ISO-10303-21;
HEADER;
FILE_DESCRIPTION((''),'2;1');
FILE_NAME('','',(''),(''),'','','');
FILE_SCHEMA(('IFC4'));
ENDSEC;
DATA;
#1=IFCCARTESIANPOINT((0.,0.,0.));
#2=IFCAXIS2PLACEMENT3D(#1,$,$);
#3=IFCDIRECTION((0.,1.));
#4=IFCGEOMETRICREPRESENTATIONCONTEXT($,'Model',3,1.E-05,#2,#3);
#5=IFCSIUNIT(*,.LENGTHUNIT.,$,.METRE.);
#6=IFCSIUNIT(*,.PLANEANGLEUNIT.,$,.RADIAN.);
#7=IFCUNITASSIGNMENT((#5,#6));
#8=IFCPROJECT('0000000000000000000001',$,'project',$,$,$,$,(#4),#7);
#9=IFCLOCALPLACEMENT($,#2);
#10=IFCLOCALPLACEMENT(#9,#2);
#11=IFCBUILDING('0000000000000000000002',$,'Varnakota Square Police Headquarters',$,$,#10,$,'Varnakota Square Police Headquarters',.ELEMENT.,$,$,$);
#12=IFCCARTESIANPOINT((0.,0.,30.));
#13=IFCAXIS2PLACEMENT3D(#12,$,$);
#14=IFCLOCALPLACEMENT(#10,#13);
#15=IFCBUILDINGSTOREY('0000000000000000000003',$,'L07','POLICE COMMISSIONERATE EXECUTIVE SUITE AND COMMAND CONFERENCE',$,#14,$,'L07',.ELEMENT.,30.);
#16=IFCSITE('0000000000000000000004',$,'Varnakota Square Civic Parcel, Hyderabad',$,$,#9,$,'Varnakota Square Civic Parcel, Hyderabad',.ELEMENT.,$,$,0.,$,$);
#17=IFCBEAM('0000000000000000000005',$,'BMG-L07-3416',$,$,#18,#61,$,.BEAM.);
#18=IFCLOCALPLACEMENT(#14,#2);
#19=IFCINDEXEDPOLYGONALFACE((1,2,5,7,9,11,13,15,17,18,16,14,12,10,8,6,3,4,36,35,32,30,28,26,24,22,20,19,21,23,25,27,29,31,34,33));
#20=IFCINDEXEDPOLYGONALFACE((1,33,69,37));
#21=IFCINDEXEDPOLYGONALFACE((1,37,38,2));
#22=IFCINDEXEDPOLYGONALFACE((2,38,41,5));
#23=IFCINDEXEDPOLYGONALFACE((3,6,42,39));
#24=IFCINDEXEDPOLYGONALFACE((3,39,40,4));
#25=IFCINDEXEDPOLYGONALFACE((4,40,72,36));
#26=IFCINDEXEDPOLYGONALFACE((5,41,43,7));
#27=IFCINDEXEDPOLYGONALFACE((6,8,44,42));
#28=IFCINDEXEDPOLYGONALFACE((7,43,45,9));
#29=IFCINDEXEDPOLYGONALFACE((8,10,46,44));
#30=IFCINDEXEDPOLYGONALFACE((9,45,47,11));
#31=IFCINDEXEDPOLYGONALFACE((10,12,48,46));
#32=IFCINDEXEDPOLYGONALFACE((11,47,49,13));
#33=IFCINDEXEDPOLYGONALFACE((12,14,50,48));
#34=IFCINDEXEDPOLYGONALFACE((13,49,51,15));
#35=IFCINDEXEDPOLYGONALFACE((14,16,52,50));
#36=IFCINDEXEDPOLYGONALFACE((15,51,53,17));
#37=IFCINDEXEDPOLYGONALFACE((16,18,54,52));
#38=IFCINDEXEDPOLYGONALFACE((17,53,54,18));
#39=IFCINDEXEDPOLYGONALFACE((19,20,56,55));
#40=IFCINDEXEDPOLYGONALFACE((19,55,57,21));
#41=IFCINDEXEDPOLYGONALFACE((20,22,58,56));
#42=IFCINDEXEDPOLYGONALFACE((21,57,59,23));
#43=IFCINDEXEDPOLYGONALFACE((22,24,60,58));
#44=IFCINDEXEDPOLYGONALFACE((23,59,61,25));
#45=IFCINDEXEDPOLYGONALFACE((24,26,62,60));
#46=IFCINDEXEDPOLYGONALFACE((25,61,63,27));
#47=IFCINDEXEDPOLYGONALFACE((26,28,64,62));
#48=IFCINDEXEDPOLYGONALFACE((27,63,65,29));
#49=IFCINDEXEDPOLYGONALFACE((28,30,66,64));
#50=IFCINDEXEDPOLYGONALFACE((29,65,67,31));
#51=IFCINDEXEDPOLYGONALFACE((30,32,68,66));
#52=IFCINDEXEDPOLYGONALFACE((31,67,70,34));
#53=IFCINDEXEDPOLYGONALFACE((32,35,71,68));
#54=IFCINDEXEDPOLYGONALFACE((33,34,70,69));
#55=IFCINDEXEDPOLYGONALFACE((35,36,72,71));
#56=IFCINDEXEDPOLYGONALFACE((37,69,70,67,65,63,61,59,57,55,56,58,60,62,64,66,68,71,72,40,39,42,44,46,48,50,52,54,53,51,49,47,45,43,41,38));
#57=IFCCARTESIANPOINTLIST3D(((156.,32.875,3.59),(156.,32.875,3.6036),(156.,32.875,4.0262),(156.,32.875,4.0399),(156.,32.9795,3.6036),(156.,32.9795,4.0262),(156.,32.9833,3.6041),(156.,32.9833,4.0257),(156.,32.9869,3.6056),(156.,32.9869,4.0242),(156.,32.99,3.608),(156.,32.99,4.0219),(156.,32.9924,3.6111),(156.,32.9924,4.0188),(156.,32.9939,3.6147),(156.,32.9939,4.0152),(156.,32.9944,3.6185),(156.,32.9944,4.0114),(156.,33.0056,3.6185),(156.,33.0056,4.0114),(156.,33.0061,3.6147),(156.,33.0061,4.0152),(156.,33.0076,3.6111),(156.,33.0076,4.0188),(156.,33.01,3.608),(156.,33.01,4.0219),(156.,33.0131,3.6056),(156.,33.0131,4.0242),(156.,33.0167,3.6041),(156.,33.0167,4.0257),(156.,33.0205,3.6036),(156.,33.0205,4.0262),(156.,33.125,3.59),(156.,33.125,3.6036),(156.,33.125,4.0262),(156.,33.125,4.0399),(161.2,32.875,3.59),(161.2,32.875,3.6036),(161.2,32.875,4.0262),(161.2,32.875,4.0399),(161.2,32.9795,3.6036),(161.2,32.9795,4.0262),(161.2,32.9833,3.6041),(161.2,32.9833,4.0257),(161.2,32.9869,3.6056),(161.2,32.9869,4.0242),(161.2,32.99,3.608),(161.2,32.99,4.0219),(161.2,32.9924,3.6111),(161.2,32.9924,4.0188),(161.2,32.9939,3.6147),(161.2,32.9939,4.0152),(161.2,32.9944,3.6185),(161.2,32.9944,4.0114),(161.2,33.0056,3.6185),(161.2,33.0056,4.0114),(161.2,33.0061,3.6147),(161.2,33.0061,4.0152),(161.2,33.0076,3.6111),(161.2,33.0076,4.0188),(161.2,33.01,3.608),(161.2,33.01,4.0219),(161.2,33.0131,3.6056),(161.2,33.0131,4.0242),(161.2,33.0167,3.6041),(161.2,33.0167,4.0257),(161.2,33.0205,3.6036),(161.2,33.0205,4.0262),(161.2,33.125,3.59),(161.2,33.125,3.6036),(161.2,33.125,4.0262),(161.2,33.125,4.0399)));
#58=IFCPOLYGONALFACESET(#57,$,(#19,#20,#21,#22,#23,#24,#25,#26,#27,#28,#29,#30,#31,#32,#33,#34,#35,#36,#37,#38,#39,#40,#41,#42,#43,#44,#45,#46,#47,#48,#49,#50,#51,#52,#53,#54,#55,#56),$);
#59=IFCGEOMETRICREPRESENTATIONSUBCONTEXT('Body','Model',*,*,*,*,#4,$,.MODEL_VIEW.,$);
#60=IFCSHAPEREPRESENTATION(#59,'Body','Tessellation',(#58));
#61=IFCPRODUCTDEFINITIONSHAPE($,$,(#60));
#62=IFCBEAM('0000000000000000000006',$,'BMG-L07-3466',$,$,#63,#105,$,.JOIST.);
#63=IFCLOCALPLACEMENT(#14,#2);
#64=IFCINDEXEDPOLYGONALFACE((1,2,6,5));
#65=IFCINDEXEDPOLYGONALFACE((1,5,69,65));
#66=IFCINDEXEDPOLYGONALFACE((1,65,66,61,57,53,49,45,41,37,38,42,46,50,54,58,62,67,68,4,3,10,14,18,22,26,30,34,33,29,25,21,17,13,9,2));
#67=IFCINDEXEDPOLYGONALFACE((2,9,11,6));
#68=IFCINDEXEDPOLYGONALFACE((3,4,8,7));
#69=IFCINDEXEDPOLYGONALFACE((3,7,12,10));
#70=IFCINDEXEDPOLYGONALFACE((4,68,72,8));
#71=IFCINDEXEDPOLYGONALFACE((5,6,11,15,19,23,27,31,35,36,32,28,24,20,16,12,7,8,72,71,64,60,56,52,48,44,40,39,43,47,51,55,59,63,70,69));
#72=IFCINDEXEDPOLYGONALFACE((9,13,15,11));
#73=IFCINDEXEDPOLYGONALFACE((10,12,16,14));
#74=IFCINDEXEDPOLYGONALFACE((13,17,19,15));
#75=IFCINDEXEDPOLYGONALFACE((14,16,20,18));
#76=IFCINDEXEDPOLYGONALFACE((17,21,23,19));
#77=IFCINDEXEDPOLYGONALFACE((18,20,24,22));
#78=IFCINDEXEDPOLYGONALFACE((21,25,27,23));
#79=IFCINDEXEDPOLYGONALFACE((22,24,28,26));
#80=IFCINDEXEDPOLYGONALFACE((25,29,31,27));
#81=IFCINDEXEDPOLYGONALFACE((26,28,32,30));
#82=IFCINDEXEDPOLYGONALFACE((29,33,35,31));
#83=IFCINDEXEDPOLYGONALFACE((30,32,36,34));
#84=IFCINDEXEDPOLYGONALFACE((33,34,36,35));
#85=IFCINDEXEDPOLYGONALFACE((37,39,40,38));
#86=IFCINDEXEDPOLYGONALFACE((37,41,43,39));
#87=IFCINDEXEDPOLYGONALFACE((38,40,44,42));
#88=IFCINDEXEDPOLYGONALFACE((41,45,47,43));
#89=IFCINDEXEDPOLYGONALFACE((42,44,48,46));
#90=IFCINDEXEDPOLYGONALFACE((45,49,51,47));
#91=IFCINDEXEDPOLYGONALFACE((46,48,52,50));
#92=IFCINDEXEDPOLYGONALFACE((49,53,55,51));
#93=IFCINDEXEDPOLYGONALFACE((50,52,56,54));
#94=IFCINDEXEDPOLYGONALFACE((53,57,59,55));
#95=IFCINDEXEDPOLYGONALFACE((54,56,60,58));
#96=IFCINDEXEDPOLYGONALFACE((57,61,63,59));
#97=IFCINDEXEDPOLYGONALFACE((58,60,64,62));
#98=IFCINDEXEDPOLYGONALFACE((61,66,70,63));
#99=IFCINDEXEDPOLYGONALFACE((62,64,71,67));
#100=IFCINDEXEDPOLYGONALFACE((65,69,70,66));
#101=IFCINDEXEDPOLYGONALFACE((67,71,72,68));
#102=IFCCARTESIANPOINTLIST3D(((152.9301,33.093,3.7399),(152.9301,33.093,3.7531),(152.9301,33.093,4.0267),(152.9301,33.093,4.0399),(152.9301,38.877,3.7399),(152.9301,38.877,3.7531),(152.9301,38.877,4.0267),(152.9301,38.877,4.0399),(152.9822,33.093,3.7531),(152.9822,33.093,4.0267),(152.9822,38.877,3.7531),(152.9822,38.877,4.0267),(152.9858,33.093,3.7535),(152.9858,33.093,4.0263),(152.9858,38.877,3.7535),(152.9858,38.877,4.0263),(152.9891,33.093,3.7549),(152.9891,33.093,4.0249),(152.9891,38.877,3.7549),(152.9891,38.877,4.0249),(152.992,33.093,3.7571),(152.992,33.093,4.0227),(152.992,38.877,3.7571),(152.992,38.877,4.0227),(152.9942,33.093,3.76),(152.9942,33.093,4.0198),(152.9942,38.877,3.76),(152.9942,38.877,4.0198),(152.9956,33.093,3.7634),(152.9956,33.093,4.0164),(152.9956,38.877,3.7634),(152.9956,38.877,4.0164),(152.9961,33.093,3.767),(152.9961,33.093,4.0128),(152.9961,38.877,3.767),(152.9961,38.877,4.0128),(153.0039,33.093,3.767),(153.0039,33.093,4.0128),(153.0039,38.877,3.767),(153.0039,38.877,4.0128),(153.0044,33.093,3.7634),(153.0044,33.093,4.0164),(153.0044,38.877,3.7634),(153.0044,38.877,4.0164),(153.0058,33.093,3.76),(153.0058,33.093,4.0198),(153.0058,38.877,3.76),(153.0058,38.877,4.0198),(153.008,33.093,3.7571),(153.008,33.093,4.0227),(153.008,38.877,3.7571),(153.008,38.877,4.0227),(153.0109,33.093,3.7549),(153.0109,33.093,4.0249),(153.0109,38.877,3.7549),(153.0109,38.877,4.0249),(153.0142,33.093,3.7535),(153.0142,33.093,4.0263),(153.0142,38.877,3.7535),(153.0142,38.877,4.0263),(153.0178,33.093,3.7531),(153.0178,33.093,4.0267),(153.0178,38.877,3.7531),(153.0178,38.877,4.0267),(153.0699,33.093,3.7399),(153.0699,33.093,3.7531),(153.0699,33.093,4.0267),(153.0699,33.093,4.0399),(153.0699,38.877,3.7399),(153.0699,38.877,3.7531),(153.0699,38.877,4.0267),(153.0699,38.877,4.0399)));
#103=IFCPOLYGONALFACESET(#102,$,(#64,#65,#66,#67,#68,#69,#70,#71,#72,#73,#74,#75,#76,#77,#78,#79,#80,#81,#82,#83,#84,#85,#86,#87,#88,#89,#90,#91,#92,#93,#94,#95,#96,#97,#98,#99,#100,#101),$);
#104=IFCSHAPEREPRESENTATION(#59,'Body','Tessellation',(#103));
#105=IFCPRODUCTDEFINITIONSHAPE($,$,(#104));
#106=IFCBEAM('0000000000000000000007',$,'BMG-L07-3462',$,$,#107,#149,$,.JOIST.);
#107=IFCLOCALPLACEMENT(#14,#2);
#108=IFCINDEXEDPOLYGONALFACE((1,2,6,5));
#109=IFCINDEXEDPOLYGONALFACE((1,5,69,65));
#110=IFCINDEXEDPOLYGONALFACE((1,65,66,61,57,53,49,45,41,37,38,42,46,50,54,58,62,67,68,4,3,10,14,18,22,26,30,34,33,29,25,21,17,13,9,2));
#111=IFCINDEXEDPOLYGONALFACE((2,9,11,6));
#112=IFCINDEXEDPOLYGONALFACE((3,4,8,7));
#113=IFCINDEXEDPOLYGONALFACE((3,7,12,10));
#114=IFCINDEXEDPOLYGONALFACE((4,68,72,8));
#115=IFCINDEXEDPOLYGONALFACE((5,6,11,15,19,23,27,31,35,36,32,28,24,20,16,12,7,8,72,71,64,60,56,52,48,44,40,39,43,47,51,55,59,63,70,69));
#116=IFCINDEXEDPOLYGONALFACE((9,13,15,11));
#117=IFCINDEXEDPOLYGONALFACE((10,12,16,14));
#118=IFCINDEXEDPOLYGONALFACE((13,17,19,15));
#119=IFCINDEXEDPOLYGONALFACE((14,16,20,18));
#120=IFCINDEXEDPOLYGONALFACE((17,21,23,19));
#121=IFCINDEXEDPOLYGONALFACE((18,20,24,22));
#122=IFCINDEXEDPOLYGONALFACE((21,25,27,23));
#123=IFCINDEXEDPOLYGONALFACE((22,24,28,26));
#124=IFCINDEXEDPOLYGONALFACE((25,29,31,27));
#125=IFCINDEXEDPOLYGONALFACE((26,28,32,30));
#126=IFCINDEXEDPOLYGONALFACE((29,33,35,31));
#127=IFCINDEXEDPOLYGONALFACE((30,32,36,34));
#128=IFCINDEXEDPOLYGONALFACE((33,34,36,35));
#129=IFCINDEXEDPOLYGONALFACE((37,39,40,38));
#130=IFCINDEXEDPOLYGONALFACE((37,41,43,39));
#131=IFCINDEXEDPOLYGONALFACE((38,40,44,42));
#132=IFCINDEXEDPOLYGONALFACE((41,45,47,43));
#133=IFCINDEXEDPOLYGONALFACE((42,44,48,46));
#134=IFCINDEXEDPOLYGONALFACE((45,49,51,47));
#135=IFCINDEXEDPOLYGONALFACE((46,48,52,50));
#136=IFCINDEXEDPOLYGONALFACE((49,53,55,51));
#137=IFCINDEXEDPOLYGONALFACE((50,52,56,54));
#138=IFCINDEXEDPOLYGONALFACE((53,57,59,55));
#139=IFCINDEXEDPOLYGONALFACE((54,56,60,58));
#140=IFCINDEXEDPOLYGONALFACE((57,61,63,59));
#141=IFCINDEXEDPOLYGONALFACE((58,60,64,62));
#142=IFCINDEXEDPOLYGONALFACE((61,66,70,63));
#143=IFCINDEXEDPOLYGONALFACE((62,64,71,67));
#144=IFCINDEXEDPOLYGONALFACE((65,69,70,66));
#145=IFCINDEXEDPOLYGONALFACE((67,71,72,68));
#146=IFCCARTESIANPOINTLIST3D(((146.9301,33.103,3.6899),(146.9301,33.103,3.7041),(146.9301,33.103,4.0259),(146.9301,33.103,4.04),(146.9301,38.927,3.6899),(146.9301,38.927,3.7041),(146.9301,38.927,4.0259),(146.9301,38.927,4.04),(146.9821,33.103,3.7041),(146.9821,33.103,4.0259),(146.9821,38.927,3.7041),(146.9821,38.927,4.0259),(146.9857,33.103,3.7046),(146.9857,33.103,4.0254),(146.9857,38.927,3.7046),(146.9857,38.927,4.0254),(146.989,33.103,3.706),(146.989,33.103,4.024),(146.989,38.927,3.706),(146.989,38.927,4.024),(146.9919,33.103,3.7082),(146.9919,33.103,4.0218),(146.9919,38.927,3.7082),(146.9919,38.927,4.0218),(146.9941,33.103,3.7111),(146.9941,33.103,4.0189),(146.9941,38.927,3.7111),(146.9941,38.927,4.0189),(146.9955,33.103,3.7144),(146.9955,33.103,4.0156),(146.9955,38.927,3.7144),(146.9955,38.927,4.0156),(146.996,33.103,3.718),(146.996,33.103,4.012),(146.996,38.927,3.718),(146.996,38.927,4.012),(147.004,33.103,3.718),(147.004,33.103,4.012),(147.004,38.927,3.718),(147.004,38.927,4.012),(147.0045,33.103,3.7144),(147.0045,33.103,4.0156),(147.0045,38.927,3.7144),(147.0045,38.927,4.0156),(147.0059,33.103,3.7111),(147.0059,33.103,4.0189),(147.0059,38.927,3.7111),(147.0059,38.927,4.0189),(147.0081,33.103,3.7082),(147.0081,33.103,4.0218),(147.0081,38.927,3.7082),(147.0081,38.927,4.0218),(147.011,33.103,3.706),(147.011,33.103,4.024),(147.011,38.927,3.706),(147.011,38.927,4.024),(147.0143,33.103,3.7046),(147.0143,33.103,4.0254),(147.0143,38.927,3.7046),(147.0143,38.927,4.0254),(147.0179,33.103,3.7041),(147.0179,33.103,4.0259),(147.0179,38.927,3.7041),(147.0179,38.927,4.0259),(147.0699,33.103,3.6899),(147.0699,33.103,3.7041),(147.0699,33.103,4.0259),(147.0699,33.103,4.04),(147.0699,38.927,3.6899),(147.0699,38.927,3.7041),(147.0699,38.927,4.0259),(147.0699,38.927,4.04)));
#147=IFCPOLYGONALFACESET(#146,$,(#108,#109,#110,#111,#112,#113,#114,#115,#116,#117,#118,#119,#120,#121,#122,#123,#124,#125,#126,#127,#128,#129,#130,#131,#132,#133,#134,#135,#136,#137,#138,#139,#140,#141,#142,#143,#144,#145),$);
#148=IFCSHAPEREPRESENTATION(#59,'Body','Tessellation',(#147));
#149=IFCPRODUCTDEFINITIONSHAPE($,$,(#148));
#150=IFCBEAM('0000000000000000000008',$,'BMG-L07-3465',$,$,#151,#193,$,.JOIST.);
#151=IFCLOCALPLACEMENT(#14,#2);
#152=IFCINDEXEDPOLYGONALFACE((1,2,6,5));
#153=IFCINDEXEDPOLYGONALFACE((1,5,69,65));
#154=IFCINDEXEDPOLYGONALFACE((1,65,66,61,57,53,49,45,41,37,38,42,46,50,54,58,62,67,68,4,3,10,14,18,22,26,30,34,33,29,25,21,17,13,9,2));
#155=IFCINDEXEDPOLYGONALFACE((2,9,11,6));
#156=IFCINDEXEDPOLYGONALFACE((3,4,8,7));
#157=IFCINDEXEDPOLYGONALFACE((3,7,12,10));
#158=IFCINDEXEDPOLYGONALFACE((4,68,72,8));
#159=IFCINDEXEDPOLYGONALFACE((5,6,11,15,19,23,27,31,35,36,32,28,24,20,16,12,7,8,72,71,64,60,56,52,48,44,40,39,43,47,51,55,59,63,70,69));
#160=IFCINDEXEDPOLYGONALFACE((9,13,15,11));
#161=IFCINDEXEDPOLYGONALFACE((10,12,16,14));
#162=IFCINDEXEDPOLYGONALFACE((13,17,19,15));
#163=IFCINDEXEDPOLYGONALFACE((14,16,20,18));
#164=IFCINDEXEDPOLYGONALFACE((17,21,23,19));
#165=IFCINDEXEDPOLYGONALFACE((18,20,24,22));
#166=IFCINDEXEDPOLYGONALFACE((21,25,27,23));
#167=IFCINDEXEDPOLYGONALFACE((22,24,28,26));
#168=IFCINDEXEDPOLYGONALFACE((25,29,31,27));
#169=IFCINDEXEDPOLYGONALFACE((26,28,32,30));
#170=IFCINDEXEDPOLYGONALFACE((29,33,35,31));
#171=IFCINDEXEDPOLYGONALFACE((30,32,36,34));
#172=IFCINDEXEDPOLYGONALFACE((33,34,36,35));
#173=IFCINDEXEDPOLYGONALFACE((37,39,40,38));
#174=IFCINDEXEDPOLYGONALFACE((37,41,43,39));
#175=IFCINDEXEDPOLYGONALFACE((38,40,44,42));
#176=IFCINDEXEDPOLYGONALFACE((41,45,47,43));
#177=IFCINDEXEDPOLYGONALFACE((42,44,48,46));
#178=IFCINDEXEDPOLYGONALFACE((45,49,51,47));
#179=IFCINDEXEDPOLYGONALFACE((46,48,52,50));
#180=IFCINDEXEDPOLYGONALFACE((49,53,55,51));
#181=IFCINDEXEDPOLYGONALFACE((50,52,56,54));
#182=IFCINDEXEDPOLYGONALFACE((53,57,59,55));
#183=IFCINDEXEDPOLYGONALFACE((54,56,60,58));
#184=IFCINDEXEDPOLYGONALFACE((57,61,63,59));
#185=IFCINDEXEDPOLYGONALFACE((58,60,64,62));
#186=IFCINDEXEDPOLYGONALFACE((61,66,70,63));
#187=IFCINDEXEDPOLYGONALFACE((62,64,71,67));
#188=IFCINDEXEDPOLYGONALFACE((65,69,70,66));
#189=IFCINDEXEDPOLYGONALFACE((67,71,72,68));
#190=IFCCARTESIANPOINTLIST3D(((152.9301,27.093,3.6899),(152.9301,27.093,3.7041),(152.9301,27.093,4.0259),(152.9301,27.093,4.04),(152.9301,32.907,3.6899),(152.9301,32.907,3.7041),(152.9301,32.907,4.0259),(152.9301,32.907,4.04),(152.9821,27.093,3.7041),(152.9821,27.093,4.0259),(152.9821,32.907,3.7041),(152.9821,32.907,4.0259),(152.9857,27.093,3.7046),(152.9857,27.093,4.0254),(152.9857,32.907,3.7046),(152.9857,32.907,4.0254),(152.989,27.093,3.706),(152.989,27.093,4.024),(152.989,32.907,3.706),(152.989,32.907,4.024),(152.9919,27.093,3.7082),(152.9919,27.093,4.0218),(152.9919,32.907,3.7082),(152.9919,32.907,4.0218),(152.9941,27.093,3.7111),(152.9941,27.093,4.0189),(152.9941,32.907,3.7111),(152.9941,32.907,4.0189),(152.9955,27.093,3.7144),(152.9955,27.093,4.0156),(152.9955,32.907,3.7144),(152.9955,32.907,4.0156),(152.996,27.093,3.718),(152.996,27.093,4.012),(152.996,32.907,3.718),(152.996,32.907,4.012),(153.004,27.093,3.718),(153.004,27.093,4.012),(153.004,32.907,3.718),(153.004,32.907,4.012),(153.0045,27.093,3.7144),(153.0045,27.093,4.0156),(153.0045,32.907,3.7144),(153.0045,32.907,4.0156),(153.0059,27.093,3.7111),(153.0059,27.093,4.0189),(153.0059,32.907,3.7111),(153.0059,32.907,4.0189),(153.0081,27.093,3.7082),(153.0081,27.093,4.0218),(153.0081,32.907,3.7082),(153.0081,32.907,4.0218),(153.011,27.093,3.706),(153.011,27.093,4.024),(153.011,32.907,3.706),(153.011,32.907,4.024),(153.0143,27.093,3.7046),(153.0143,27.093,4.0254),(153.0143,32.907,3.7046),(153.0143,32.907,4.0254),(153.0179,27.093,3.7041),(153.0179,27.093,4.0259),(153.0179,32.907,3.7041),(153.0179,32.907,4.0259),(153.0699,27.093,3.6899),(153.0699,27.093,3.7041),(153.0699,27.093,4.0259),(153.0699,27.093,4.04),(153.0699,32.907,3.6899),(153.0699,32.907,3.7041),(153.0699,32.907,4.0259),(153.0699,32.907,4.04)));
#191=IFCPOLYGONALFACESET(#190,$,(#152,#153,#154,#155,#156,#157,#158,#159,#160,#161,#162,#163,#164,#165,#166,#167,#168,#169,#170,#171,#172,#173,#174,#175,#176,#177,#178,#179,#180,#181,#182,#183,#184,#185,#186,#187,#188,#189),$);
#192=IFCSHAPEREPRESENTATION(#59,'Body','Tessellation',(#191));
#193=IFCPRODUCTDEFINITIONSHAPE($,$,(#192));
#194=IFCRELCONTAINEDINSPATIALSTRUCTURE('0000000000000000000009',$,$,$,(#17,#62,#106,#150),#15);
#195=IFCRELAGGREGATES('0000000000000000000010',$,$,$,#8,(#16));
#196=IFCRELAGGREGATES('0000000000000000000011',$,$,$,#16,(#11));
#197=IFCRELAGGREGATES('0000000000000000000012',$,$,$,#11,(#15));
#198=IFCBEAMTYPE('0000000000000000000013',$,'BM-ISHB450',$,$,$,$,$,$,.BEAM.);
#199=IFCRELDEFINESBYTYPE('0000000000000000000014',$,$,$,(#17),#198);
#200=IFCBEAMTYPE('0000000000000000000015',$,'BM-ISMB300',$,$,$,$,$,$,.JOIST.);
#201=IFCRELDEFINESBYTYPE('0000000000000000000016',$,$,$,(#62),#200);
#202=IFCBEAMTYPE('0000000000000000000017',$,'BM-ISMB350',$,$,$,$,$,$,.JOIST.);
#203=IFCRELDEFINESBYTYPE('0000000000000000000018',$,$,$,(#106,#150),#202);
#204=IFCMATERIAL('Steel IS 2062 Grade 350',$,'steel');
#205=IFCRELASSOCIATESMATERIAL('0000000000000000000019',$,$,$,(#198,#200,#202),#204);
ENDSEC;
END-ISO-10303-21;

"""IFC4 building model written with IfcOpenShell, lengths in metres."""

from ifc_helpers import new_model, si_unit, direction, frame, origin, origin_2d, place, context, subcontext, project, spatial, i_section, extrude, material, material_profile, profile_set, type_object, element, save


model = new_model("IFC4")

# Units and contexts
model_context = context("Model", 3, precision=1e-05, world=origin(), true_north=direction((0.0, 1.0)))
body_context = subcontext(model_context, "Body", "Model", "MODEL_VIEW")
ifc_project = project(units=[si_unit("LENGTHUNIT", "METRE"), si_unit("PLANEANGLEUNIT", "RADIAN")], contexts=[model_context])

# Site, building, storey
site_placement = place(None, origin())
site = spatial("IfcSite", under=ifc_project, at=site_placement, Name="Varnakota Square Civic Parcel, Hyderabad", LongName="Varnakota Square Civic Parcel, Hyderabad", CompositionType="ELEMENT", RefElevation=0.0)
building_placement = place(site_placement, origin())
building = spatial("IfcBuilding", under=site, at=building_placement, Name="Varnakota Square Police Headquarters", LongName="Varnakota Square Police Headquarters", CompositionType="ELEMENT")
storey_placement = place(building_placement, frame((0.0, 0.0, 30.0)))
storey = spatial("IfcBuildingStorey", under=building, at=storey_placement, Name="L07", Description="POLICE COMMISSIONERATE EXECUTIVE SUITE AND COMMAND CONFERENCE", LongName="L07", CompositionType="ELEMENT", Elevation=30.0)

# Shared definitions
ifc_material_1 = material(Name="Steel IS 2062 Grade 350", Category="steel")

# Beams
ifc_material_profile_1 = material_profile(ifc_material_1, i_section(OverallWidth=0.25, OverallDepth=0.45, WebThickness=0.0112, FlangeThickness=0.0137, FilletRadius=0.0149, at=origin_2d()), Name="ISHB 450")
ifc_profile_set_1 = profile_set([ifc_material_profile_1], Name="Steel IS 2062 Grade 350")
beam_type_1 = type_object("IfcBeamType", Name="BM-ISHB450", PredefinedType="BEAM", material=ifc_profile_set_1)
beam_1_placement = place(storey_placement, frame((156.0, 33.0, 3.8149), z_axis=(1.0, 0.0, 0.0), x_axis=(0.0, 1.0, 0.0)))
element("IfcBeam", 1, at=beam_1_placement, inside=storey, type_object=beam_type_1, Name="BMG-L07-3416", PredefinedType="BEAM", context=body_context, shape_type="SweptSolid", body=[
    extrude(i_section(OverallWidth=0.25, OverallDepth=0.45, WebThickness=0.0112, FlangeThickness=0.0137, FilletRadius=0.0149, at=origin_2d()), origin(), (0.0, 0.0, 1.0), 5.2),
])
ifc_material_profile_2 = material_profile(ifc_material_1, i_section(OverallWidth=0.1399, OverallDepth=0.3, WebThickness=0.0078, FlangeThickness=0.0132, FilletRadius=0.0139, at=origin_2d()), Name="ISMB 300")
ifc_profile_set_2 = profile_set([ifc_material_profile_2], Name="Steel IS 2062 Grade 350")
beam_type_2 = type_object("IfcBeamType", Name="BM-ISMB300", PredefinedType="JOIST", material=ifc_profile_set_2)
beam_2_placement = place(storey_placement, frame((153.0, 33.093, 3.8899), z_axis=(0.0, 1.0, 0.0), x_axis=(-1.0, 0.0, 0.0)))
element("IfcBeam", 2, at=beam_2_placement, inside=storey, type_object=beam_type_2, Name="BMG-L07-3466", PredefinedType="JOIST", context=body_context, shape_type="SweptSolid", body=[
    extrude(i_section(OverallWidth=0.1399, OverallDepth=0.3, WebThickness=0.0078, FlangeThickness=0.0132, FilletRadius=0.0139, at=origin_2d()), origin(), (0.0, 0.0, 1.0), 5.7839),
])
ifc_material_profile_3 = material_profile(ifc_material_1, i_section(OverallWidth=0.1399, OverallDepth=0.3501, WebThickness=0.0081, FlangeThickness=0.0142, FilletRadius=0.0139, at=origin_2d()), Name="ISMB 350")
ifc_profile_set_3 = profile_set([ifc_material_profile_3], Name="Steel IS 2062 Grade 350")
beam_type_3 = type_object("IfcBeamType", Name="BM-ISMB350", PredefinedType="JOIST", material=ifc_profile_set_3)
beam_3_placement = place(storey_placement, frame((147.0, 33.103, 3.865), z_axis=(0.0, 1.0, 0.0), x_axis=(-1.0, 0.0, 0.0)))
element("IfcBeam", 3, at=beam_3_placement, inside=storey, type_object=beam_type_3, Name="BMG-L07-3462", PredefinedType="JOIST", context=body_context, shape_type="SweptSolid", body=[
    extrude(i_section(OverallWidth=0.1399, OverallDepth=0.3501, WebThickness=0.0081, FlangeThickness=0.0142, FilletRadius=0.0139, at=origin_2d()), origin(), (0.0, 0.0, 1.0), 5.824),
])
beam_4_placement = place(storey_placement, frame((153.0, 27.093, 3.865), z_axis=(0.0, 1.0, 0.0), x_axis=(-1.0, 0.0, 0.0)))
element("IfcBeam", 4, at=beam_4_placement, inside=storey, type_object=beam_type_3, Name="BMG-L07-3465", PredefinedType="JOIST", context=body_context, shape_type="SweptSolid", body=[
    extrude(i_section(OverallWidth=0.1399, OverallDepth=0.3501, WebThickness=0.0081, FlangeThickness=0.0142, FilletRadius=0.0139, at=origin_2d()), origin(), (0.0, 0.0, 1.0), 5.814),
])

save(model, "model.ifc")
